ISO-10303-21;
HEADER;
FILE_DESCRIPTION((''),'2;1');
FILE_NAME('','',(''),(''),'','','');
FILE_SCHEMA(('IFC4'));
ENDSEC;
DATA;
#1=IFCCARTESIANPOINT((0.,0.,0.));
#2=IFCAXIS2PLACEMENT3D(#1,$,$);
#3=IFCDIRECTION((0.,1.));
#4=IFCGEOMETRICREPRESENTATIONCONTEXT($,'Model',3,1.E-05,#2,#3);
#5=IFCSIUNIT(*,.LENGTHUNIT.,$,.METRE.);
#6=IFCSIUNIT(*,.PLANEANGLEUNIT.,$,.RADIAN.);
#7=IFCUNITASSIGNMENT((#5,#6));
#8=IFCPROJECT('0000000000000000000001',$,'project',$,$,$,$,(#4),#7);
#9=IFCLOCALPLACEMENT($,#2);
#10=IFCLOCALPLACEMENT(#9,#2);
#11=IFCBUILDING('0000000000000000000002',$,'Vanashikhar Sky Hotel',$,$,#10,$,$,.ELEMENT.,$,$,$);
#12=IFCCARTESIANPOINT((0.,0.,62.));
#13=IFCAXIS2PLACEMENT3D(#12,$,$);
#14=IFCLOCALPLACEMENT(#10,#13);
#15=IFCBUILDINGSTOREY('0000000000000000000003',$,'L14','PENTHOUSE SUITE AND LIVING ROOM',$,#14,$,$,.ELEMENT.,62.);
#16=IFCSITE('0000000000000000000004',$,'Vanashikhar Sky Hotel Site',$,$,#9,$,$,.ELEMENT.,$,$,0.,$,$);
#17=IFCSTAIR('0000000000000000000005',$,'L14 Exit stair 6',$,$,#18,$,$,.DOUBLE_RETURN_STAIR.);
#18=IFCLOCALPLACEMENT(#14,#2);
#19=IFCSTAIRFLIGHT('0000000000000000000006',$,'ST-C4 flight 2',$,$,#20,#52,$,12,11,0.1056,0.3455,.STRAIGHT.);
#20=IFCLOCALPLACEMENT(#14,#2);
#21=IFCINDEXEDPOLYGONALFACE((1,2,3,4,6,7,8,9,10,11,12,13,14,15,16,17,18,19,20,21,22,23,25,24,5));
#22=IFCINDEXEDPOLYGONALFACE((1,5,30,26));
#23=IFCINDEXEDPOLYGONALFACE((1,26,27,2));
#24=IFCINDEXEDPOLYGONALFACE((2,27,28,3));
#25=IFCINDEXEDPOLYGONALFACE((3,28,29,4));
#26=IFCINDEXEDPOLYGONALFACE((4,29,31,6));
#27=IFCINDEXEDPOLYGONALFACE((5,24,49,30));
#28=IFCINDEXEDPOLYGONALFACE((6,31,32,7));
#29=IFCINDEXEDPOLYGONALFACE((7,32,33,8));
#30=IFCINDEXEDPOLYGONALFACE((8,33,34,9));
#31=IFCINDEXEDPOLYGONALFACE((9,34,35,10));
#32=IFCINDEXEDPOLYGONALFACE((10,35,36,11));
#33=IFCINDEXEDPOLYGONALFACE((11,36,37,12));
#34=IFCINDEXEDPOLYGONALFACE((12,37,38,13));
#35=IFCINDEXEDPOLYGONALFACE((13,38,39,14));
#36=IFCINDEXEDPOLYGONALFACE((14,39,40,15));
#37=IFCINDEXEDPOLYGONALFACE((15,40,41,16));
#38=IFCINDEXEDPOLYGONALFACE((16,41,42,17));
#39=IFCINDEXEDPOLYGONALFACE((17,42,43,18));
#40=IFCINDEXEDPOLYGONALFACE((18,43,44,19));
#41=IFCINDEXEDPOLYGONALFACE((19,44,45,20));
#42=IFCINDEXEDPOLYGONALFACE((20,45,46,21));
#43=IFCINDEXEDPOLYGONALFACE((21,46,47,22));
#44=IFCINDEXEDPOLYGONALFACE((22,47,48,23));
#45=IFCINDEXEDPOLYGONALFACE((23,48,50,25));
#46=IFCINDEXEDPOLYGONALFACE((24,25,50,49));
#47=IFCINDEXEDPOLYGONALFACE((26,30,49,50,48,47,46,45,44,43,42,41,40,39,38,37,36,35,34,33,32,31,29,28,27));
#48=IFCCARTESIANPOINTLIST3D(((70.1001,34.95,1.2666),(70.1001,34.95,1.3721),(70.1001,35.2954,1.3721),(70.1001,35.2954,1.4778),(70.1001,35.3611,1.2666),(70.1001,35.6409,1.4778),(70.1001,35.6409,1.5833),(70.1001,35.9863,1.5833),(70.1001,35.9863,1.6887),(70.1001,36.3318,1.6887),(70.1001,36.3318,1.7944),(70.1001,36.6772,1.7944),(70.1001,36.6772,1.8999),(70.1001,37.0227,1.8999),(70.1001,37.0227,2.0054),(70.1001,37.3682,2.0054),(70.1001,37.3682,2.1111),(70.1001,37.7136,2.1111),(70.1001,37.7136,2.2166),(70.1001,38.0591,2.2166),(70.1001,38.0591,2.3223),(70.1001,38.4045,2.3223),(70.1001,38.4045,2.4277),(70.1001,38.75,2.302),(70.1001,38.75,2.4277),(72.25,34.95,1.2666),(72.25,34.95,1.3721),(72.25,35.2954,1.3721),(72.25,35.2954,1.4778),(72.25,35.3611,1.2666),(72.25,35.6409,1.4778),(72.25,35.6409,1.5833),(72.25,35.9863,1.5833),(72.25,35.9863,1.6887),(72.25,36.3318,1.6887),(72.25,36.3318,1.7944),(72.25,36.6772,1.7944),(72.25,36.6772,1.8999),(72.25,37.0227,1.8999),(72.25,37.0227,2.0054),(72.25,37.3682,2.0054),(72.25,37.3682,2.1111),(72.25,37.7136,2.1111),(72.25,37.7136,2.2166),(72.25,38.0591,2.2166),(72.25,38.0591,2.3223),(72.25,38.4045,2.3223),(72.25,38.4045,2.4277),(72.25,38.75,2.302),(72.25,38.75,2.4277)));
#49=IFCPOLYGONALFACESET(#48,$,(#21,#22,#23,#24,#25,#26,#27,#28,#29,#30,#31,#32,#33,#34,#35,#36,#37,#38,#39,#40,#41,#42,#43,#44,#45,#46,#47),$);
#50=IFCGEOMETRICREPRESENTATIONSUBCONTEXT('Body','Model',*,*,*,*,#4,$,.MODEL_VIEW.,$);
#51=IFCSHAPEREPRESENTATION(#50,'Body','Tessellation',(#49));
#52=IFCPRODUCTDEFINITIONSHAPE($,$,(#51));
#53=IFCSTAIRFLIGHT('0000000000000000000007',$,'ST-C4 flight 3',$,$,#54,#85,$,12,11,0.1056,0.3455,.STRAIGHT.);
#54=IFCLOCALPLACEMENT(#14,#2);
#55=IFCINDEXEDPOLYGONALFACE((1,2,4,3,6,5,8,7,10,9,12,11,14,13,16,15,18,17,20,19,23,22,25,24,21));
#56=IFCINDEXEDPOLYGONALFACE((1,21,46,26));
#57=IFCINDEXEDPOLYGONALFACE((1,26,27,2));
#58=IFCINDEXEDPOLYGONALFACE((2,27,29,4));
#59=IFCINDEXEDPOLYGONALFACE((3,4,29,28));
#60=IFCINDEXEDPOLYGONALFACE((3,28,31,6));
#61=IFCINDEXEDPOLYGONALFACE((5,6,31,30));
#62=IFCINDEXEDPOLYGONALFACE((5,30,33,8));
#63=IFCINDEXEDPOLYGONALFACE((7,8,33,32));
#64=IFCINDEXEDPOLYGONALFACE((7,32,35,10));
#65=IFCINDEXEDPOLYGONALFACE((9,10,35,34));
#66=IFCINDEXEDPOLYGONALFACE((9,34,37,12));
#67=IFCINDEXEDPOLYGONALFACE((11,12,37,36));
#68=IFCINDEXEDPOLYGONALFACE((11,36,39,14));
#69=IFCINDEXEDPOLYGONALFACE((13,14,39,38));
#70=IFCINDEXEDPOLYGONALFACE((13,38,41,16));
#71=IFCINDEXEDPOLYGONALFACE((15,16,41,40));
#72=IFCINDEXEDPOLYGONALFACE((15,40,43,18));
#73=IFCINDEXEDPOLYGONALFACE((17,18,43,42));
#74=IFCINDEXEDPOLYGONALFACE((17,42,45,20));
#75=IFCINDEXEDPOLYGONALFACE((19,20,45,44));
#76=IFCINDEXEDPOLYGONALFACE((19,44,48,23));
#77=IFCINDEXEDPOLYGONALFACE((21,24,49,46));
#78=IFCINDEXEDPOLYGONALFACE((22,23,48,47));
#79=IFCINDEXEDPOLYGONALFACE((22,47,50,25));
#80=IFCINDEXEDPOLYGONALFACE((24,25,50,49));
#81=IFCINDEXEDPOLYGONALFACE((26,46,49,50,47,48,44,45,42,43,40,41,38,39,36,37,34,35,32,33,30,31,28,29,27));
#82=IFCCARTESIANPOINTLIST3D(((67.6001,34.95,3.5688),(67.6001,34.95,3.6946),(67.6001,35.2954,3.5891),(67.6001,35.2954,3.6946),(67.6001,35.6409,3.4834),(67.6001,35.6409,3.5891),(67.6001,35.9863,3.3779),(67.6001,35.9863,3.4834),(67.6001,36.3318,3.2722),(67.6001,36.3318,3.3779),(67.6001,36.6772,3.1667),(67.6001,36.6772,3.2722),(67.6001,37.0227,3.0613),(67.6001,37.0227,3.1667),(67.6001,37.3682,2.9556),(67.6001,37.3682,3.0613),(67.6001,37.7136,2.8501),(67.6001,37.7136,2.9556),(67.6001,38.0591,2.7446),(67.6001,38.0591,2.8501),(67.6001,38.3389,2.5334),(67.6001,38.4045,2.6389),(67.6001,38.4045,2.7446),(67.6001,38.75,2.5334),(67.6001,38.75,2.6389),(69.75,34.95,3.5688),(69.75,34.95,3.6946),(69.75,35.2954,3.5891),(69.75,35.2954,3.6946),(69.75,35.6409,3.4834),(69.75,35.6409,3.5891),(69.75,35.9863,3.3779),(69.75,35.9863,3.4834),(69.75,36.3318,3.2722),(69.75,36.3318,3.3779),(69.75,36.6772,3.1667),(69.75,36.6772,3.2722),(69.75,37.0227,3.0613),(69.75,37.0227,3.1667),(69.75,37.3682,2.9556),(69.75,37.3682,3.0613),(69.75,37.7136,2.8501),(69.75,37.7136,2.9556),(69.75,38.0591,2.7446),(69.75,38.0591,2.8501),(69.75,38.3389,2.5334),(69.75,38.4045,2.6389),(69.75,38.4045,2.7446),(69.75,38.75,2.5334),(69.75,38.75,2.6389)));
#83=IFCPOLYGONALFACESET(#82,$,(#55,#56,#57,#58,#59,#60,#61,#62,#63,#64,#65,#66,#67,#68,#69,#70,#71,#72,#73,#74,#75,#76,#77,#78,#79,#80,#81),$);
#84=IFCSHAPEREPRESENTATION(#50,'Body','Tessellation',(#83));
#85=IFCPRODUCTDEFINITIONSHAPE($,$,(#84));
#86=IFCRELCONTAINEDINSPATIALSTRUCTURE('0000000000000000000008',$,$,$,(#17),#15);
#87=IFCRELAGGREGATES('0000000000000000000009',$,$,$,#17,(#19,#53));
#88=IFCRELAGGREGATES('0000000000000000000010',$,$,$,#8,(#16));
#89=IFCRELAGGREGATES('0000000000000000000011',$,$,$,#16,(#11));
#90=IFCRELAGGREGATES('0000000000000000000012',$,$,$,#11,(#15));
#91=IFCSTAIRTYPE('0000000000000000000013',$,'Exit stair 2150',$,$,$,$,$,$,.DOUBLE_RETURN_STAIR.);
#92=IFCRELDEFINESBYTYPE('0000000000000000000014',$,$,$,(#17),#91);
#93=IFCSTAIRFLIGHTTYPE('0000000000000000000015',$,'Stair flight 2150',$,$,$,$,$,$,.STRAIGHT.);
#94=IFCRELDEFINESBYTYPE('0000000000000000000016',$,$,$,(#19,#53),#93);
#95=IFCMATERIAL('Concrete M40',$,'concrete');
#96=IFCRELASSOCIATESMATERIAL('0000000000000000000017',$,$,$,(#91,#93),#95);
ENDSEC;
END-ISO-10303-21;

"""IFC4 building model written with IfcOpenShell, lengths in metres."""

from ifc_helpers import new_model, si_unit, direction, frame, origin, place, context, subcontext, project, spatial, polyline, outline, extrude, source, transform, mapped, material, type_object, element, aggregate, save


model = new_model("IFC4")

# Units and contexts
model_context = context("Model", 3, precision=1e-05, world=origin(), true_north=direction((0.0, 1.0)))
body_context = subcontext(model_context, "Body", "Model", "MODEL_VIEW")
ifc_project = project(units=[si_unit("LENGTHUNIT", "METRE"), si_unit("PLANEANGLEUNIT", "RADIAN")], contexts=[model_context])

# Site, building, storey
site_placement = place(None, origin())
site = spatial("IfcSite", under=ifc_project, at=site_placement, Name="Vanashikhar Sky Hotel Site", CompositionType="ELEMENT", RefElevation=0.0)
building_placement = place(site_placement, origin())
building = spatial("IfcBuilding", under=site, at=building_placement, Name="Vanashikhar Sky Hotel", CompositionType="ELEMENT")
storey_placement = place(building_placement, frame((0.0, 0.0, 62.0)))
storey = spatial("IfcBuildingStorey", under=building, at=storey_placement, Name="L14", Description="PENTHOUSE SUITE AND LIVING ROOM", CompositionType="ELEMENT", Elevation=62.0)

# Shared definitions
ifc_material_1 = material(Name="Concrete M40", Category="concrete")

# Stair, stair flights
stair_type = type_object("IfcStairType", Name="Exit stair 2150", PredefinedType="DOUBLE_RETURN_STAIR", material=ifc_material_1)
stair_placement = place(storey_placement, origin())
stair = element("IfcStair", 1, at=stair_placement, inside=storey, type_object=stair_type, Name="L14 Exit stair 6", PredefinedType="DOUBLE_RETURN_STAIR")
stair_flight_type = type_object("IfcStairFlightType", Name="Stair flight 2150", PredefinedType="STRAIGHT", material=ifc_material_1)
shared_shape_1 = source(origin(), body_context, "Body", "SweptSolid", [
    extrude(outline(polyline([(0.0, 0.0), (0.0, 0.1055), (0.3455, 0.1055), (0.3455, 0.2112), (0.6909, 0.2112), (0.6909, 0.3167), (1.0364, 0.3167), (1.0364, 0.4221), (1.3818, 0.4221), (1.3818, 0.5278), (1.7273, 0.5278), (1.7273, 0.6333), (2.0728, 0.6333), (2.0728, 0.7388), (2.4182, 0.7388), (2.4182, 0.8445), (2.7637, 0.8445), (2.7637, 0.95), (3.1091, 0.95), (3.1091, 1.0557), (3.4546, 1.0557), (3.4546, 1.1611), (3.8, 1.1611), (3.8, 1.2666), (3.8, 1.0354), (0.4111, 0.0), (0.0, 0.0)])), frame((0.0, 1.075, 0.0), z_axis=(0.0, -1.0, 0.0), x_axis=(1.0, 0.0, 0.0)), (0.0, 0.0, 1.0), 2.1499),
])
stair_flight_1_placement = place(storey_placement, frame((71.175, 34.95, 1.2666), z_axis=(0.0, 0.0, 1.0), x_axis=(0.0, 1.0, 0.0)))
stair_flight_1 = element("IfcStairFlight", 2, at=stair_flight_1_placement, type_object=stair_flight_type, Name="ST-C4 flight 2", NumberOfRisers=12, NumberOfTreads=11, PredefinedType="STRAIGHT", RiserHeight=0.1056, TreadLength=0.3455, context=body_context, shape_type="MappedRepresentation", body=[
    mapped(shared_shape_1, transform((0.0, 0.0, 0.0), scale=1.0)),
])
stair_flight_2_placement = place(storey_placement, frame((68.675, 38.75, 2.5334), z_axis=(0.0, 0.0, 1.0), x_axis=(0.0, -1.0, 0.0)))
stair_flight_2 = element("IfcStairFlight", 3, at=stair_flight_2_placement, type_object=stair_flight_type, Name="ST-C4 flight 3", NumberOfRisers=12, NumberOfTreads=11, PredefinedType="STRAIGHT", RiserHeight=0.1056, TreadLength=0.3455, context=body_context, shape_type="MappedRepresentation", body=[
    mapped(shared_shape_1, transform((0.0, 0.0, 0.0), scale=1.0)),
])
aggregate(stair, [stair_flight_1, stair_flight_2])

save(model, "model.ifc")
